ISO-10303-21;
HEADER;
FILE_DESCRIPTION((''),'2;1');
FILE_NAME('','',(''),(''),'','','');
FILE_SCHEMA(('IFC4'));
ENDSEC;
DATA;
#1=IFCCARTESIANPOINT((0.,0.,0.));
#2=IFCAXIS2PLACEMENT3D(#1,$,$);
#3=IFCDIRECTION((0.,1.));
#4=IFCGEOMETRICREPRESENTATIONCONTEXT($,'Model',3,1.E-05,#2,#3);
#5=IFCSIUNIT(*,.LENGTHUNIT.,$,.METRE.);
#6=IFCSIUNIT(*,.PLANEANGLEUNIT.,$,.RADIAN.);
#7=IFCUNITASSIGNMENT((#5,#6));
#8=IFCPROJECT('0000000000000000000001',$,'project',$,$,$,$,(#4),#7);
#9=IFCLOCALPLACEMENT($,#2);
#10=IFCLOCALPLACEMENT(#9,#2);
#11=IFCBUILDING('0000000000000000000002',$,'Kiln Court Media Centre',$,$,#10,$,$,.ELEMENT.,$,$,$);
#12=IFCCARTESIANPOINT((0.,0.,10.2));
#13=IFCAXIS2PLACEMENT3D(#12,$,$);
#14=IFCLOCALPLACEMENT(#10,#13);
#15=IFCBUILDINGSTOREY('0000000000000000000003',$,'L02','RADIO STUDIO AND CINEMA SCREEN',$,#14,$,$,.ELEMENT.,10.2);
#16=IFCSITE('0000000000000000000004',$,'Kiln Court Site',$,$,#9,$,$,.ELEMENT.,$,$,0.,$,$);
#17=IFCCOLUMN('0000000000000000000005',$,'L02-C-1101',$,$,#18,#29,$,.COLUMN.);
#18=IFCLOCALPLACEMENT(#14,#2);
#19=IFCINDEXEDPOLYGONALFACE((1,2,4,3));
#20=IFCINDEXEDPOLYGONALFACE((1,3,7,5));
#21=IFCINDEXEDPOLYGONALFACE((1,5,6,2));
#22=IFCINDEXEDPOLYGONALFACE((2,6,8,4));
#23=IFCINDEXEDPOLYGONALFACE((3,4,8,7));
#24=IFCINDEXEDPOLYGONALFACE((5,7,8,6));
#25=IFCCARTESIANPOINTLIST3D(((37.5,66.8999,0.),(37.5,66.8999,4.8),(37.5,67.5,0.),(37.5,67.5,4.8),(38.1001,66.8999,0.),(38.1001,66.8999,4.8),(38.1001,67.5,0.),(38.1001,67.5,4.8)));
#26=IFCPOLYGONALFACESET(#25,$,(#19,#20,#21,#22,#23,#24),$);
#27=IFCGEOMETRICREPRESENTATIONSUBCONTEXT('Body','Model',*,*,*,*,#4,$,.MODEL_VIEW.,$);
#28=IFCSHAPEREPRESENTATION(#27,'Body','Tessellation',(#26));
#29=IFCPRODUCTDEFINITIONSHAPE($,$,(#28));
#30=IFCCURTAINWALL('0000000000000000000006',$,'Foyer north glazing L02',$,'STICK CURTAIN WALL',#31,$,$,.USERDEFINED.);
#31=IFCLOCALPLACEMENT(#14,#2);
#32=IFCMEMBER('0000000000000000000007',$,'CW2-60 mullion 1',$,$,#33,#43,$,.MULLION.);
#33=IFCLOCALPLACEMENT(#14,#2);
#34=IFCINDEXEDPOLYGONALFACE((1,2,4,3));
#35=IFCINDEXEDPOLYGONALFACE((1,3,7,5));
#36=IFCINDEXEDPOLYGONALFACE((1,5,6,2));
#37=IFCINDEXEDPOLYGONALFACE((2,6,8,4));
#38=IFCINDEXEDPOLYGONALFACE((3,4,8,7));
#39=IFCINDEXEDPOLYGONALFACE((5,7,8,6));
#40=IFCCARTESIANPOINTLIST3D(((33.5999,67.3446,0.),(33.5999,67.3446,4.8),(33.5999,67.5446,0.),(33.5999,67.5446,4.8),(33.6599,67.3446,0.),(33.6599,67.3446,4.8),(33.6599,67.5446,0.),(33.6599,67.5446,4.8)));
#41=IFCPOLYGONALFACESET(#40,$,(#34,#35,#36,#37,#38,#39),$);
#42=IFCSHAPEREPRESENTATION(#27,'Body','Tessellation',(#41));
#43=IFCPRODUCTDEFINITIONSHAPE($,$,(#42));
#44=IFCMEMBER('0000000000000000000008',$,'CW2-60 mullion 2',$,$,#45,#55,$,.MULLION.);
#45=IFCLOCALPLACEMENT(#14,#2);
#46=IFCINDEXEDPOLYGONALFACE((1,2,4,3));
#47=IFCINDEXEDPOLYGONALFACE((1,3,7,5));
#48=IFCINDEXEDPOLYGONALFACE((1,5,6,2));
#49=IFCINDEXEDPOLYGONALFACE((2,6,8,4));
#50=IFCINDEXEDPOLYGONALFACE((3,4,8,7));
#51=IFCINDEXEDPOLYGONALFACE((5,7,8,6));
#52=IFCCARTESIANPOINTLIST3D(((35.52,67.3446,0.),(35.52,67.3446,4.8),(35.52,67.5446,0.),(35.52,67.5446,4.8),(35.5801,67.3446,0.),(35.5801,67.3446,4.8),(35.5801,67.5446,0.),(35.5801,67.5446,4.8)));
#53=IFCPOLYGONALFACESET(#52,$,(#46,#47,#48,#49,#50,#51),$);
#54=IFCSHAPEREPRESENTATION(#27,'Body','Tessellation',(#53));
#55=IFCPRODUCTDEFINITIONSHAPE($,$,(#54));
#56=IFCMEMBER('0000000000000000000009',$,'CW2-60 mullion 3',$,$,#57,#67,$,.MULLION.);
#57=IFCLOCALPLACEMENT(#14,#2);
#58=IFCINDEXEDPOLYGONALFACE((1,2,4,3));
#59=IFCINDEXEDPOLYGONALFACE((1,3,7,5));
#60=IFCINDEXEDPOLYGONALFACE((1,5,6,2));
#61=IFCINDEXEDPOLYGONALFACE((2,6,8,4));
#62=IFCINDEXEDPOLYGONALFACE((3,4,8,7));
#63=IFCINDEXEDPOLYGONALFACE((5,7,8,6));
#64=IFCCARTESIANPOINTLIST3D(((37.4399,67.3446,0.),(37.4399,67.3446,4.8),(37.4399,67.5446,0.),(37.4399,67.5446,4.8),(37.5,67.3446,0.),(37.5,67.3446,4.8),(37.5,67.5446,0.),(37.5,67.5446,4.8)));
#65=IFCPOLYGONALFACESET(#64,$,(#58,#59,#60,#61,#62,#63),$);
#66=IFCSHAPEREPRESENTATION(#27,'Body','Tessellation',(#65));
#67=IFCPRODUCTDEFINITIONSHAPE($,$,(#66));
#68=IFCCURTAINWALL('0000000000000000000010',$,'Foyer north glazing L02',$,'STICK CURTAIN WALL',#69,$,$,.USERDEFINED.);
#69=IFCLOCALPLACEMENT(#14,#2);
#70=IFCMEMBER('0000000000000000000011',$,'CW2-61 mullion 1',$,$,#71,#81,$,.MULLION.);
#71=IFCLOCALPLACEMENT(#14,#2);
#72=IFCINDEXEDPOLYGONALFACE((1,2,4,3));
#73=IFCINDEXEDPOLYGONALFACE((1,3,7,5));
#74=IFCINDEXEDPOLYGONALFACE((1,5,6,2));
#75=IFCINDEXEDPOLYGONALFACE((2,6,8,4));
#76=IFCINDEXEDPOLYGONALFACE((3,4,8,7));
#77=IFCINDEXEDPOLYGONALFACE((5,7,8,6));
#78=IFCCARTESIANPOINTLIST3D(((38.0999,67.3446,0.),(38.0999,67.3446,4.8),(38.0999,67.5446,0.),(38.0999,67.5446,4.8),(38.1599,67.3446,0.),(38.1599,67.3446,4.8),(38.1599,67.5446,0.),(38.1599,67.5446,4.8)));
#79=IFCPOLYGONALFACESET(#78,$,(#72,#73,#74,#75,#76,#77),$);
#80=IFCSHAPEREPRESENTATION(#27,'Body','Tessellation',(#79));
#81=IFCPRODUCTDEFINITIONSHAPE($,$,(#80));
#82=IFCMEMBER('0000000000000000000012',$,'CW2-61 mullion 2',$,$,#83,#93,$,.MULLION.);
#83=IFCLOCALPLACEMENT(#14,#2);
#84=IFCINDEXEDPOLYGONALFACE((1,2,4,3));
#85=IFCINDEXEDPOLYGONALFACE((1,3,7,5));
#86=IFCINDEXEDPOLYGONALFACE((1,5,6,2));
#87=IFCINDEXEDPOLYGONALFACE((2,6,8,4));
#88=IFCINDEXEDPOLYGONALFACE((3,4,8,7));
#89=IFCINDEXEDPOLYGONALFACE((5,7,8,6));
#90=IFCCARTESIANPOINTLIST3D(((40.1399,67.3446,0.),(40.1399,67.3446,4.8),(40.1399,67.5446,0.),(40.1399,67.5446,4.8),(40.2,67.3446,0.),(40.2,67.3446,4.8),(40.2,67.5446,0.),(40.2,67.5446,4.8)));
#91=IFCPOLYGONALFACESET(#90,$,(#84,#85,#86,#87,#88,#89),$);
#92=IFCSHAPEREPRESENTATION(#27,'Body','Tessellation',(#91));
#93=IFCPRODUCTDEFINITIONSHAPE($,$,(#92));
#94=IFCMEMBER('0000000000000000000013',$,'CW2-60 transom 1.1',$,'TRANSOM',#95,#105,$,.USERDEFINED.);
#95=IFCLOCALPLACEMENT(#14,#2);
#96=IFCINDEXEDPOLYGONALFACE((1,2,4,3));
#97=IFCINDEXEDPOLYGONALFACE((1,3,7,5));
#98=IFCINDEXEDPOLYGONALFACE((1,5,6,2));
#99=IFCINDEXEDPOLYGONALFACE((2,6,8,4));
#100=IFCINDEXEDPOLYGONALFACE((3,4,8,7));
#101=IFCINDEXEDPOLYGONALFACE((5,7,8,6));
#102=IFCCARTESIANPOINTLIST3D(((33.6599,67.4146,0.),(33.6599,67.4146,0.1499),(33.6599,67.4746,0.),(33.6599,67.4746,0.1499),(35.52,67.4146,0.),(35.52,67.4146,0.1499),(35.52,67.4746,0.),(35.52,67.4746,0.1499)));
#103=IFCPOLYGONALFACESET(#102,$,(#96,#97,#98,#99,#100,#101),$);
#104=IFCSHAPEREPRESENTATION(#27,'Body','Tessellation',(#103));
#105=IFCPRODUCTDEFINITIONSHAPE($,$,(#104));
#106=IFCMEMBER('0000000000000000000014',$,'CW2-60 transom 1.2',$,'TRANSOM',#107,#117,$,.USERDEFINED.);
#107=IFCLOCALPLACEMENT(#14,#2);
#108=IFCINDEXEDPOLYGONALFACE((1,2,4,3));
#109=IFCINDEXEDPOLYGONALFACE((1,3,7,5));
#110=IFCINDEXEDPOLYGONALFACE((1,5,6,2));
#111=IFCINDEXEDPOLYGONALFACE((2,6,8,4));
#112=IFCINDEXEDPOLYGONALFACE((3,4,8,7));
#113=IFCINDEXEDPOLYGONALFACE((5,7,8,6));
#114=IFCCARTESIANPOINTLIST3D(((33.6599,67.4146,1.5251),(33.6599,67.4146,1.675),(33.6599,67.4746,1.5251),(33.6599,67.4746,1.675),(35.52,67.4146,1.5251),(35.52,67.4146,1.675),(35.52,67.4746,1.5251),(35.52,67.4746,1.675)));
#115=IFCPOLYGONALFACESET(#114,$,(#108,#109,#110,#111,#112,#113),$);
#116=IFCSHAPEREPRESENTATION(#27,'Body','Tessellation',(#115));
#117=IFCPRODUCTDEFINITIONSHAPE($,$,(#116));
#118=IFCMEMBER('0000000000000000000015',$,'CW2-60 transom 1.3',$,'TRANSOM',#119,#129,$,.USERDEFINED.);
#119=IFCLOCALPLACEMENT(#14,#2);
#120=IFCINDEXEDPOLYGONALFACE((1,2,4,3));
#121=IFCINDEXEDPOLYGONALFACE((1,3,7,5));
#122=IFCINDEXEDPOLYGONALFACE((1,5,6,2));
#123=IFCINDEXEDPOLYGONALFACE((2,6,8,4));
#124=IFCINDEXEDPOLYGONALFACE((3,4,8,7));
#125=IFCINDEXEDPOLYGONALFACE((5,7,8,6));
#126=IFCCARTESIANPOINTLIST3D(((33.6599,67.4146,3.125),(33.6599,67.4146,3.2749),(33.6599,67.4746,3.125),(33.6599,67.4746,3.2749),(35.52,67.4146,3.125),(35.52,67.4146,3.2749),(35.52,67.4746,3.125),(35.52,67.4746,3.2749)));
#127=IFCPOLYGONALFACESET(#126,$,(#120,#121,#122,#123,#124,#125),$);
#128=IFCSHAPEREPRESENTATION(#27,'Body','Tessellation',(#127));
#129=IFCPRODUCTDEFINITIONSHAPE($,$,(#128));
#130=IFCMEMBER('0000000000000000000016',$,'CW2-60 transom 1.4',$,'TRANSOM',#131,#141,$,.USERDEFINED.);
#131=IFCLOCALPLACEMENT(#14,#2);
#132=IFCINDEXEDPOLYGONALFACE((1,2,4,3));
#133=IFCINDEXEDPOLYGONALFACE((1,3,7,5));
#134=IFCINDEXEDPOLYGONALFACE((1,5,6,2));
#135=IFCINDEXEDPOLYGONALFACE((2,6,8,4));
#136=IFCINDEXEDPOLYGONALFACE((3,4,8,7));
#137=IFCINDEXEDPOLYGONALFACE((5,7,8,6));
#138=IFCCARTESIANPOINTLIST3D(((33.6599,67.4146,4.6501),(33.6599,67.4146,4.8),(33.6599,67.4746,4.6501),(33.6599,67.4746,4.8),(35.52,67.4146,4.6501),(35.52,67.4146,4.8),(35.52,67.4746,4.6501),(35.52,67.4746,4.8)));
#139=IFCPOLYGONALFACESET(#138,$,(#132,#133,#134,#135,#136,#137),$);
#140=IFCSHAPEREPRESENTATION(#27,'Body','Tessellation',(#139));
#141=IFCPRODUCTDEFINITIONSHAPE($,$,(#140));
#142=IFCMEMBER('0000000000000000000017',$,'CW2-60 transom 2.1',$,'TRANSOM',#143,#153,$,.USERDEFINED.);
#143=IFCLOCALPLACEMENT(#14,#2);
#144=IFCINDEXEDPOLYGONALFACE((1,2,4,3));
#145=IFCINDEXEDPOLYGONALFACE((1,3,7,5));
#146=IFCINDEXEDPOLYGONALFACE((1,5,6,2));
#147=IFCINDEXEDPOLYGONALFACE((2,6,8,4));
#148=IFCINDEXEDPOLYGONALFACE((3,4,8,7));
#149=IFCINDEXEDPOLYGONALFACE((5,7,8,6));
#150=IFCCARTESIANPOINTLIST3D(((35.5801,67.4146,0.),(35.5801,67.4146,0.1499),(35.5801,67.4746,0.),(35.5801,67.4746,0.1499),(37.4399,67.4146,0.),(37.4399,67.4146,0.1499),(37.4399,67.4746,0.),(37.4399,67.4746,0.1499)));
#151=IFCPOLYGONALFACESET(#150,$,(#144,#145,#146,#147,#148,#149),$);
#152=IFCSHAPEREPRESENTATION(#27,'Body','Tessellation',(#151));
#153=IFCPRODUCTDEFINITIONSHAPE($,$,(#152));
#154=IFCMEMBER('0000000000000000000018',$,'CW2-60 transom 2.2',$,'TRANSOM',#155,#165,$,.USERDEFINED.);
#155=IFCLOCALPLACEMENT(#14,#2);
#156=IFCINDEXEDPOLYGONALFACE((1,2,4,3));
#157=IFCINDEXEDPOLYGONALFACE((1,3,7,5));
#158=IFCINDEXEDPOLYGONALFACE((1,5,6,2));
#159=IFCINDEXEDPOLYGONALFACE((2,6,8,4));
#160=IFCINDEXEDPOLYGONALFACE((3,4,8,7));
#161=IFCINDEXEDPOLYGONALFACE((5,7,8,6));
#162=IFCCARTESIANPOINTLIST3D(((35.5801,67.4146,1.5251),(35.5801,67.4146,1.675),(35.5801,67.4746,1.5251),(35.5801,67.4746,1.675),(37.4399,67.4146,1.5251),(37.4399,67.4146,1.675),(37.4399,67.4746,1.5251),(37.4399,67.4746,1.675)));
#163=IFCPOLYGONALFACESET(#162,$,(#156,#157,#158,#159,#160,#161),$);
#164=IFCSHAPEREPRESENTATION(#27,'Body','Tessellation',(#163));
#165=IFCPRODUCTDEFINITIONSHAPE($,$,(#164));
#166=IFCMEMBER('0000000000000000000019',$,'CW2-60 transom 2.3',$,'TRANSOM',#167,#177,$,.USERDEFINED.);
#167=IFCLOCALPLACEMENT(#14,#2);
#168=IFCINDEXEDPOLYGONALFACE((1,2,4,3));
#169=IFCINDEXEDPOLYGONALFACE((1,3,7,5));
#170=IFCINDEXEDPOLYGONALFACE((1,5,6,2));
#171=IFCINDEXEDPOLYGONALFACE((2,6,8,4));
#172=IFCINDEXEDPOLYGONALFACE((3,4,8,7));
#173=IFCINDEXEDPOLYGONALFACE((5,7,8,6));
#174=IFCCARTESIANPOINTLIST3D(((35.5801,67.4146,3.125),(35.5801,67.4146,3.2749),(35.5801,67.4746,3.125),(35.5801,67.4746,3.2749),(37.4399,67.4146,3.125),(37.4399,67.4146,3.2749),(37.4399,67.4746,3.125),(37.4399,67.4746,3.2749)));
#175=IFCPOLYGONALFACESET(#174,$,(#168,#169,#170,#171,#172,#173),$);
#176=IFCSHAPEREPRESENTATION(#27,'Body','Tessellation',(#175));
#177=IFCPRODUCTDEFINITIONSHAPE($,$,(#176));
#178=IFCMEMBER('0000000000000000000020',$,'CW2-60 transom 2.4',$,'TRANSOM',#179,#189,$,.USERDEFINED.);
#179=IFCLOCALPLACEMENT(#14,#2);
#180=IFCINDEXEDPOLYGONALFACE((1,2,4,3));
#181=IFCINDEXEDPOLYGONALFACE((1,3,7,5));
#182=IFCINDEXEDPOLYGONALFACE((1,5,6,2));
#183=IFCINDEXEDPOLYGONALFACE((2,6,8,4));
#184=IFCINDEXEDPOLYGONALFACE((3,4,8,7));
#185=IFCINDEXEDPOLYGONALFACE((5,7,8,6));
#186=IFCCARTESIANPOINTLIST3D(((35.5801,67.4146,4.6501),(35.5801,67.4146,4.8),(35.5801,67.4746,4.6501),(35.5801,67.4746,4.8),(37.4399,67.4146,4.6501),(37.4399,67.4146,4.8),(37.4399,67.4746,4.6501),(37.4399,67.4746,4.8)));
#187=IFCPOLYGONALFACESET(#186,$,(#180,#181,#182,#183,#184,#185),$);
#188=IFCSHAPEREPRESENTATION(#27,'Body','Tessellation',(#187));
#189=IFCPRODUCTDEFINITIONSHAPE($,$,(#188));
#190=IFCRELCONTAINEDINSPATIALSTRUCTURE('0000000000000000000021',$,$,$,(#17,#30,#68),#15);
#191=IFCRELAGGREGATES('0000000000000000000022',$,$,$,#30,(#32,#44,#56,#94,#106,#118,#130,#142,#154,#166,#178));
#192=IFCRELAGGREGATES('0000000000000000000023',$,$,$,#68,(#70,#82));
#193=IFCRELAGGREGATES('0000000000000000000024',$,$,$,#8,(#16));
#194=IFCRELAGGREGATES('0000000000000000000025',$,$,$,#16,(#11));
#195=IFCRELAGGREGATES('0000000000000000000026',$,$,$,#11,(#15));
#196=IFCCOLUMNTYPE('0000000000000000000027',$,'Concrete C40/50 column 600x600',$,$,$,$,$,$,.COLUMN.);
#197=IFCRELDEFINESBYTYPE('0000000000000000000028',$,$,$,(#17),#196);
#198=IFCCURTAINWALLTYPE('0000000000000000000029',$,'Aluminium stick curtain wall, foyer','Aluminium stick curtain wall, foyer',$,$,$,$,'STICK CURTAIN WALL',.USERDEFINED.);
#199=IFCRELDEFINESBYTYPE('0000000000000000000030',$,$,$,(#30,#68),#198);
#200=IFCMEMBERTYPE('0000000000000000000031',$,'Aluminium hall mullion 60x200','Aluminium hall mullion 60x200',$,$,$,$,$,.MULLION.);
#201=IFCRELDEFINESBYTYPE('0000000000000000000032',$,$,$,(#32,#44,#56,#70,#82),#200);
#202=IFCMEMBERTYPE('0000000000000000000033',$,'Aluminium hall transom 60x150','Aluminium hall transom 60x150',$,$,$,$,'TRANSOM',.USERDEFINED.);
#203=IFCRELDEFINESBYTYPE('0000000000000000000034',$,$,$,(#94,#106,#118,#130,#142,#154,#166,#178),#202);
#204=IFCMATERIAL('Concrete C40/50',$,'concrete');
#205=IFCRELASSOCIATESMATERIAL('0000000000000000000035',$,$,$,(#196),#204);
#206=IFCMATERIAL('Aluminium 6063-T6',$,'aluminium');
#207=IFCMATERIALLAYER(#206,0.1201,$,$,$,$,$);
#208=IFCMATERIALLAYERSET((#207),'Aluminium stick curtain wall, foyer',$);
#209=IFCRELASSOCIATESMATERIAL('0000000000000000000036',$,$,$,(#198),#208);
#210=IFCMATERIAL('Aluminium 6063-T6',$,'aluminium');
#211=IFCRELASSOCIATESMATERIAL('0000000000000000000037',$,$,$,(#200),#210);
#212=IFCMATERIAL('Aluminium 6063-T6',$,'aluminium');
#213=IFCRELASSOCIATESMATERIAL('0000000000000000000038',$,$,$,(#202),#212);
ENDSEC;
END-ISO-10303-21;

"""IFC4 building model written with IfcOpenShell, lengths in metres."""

from ifc_helpers import new_model, si_unit, direction, frame, origin, origin_2d, place, context, subcontext, project, spatial, rectangle, extrude, material, layer, layer_set, material_profile, profile_set, type_object, element, aggregate, save


model = new_model("IFC4")

# Units and contexts
model_context = context("Model", 3, precision=1e-05, world=origin(), true_north=direction((0.0, 1.0)))
body_context = subcontext(model_context, "Body", "Model", "MODEL_VIEW")
ifc_project = project(units=[si_unit("LENGTHUNIT", "METRE"), si_unit("PLANEANGLEUNIT", "RADIAN")], contexts=[model_context])

# Site, building, storey
site_placement = place(None, origin())
site = spatial("IfcSite", under=ifc_project, at=site_placement, Name="Kiln Court Site", CompositionType="ELEMENT", RefElevation=0.0)
building_placement = place(site_placement, origin())
building = spatial("IfcBuilding", under=site, at=building_placement, Name="Kiln Court Media Centre", CompositionType="ELEMENT")
storey_placement = place(building_placement, frame((0.0, 0.0, 10.2)))
storey = spatial("IfcBuildingStorey", under=building, at=storey_placement, Name="L02", Description="RADIO STUDIO AND CINEMA SCREEN", CompositionType="ELEMENT", Elevation=10.2)

# Column
ifc_material_1 = material(Name="Concrete C40/50", Category="concrete")
ifc_material_profile_1 = material_profile(ifc_material_1, rectangle(XDim=0.6001, YDim=0.6001, at=origin_2d()), Name="RC 600x600")
ifc_profile_set_1 = profile_set([ifc_material_profile_1], Name="Concrete C40/50")
column_type = type_object("IfcColumnType", Name="Concrete C40/50 column 600x600", PredefinedType="COLUMN", material=ifc_profile_set_1)
column_placement = place(storey_placement, frame((37.8, 67.2, 0.0), z_axis=(0.0, 0.0, 1.0), x_axis=(1.0, 0.0, 0.0)))
element("IfcColumn", 1, at=column_placement, inside=storey, type_object=column_type, Name="L02-C-1101", PredefinedType="COLUMN", context=body_context, shape_type="SweptSolid", body=[
    extrude(rectangle(XDim=0.6001, YDim=0.6001, at=origin_2d()), origin(), (0.0, 0.0, 1.0), 4.8),
])

# Curtain walls, members
ifc_material_2 = material(Name="Aluminium 6063-T6", Category="aluminium")
ifc_layer_1 = layer(ifc_material_2, 0.1201)
ifc_layer_set_1 = layer_set([ifc_layer_1], Name="Aluminium stick curtain wall, foyer")
curtain_wall_type = type_object("IfcCurtainWallType", Name="Aluminium stick curtain wall, foyer", Description="Aluminium stick curtain wall, foyer", ElementType="STICK CURTAIN WALL", PredefinedType="USERDEFINED", material=ifc_layer_set_1)
curtain_wall_1_placement = place(storey_placement, origin())
curtain_wall_1 = element("IfcCurtainWall", 2, at=curtain_wall_1_placement, inside=storey, type_object=curtain_wall_type, Name="Foyer north glazing L02", ObjectType="STICK CURTAIN WALL", PredefinedType="USERDEFINED")
ifc_material_3 = material(Name="Aluminium 6063-T6", Category="aluminium")
ifc_material_profile_2 = material_profile(ifc_material_3, rectangle(XDim=0.0601, YDim=0.2, at=origin_2d()), Name="Aluminium hall mullion 60x200")
ifc_profile_set_2 = profile_set([ifc_material_profile_2], Name="Aluminium 6063-T6")
member_type_1 = type_object("IfcMemberType", Name="Aluminium hall mullion 60x200", Description="Aluminium hall mullion 60x200", PredefinedType="MULLION", material=ifc_profile_set_2)
member_1_placement = place(storey_placement, frame((33.6299, 67.4446, 0.0), z_axis=(0.0, 0.0, 1.0), x_axis=(1.0, 0.0, 0.0)))
member_1 = element("IfcMember", 3, at=member_1_placement, type_object=member_type_1, Name="CW2-60 mullion 1", PredefinedType="MULLION", context=body_context, shape_type="SweptSolid", body=[
    extrude(rectangle(XDim=0.0601, YDim=0.2, at=origin_2d()), origin(), (0.0, 0.0, 1.0), 4.8),
])
member_2_placement = place(storey_placement, frame((35.55, 67.4446, 0.0), z_axis=(0.0, 0.0, 1.0), x_axis=(1.0, 0.0, 0.0)))
member_2 = element("IfcMember", 4, at=member_2_placement, type_object=member_type_1, Name="CW2-60 mullion 2", PredefinedType="MULLION", context=body_context, shape_type="SweptSolid", body=[
    extrude(rectangle(XDim=0.0601, YDim=0.2, at=origin_2d()), origin(), (0.0, 0.0, 1.0), 4.8),
])
member_3_placement = place(storey_placement, frame((37.47, 67.4446, 0.0), z_axis=(0.0, 0.0, 1.0), x_axis=(1.0, 0.0, 0.0)))
member_3 = element("IfcMember", 5, at=member_3_placement, type_object=member_type_1, Name="CW2-60 mullion 3", PredefinedType="MULLION", context=body_context, shape_type="SweptSolid", body=[
    extrude(rectangle(XDim=0.0601, YDim=0.2, at=origin_2d()), origin(), (0.0, 0.0, 1.0), 4.8),
])
curtain_wall_2_placement = place(storey_placement, origin())
curtain_wall_2 = element("IfcCurtainWall", 6, at=curtain_wall_2_placement, inside=storey, type_object=curtain_wall_type, Name="Foyer north glazing L02", ObjectType="STICK CURTAIN WALL", PredefinedType="USERDEFINED")
member_4_placement = place(storey_placement, frame((38.1299, 67.4446, 0.0), z_axis=(0.0, 0.0, 1.0), x_axis=(1.0, 0.0, 0.0)))
member_4 = element("IfcMember", 7, at=member_4_placement, type_object=member_type_1, Name="CW2-61 mullion 1", PredefinedType="MULLION", context=body_context, shape_type="SweptSolid", body=[
    extrude(rectangle(XDim=0.0601, YDim=0.2, at=origin_2d()), origin(), (0.0, 0.0, 1.0), 4.8),
])
member_5_placement = place(storey_placement, frame((40.1699, 67.4446, 0.0), z_axis=(0.0, 0.0, 1.0), x_axis=(1.0, 0.0, 0.0)))
member_5 = element("IfcMember", 8, at=member_5_placement, type_object=member_type_1, Name="CW2-61 mullion 2", PredefinedType="MULLION", context=body_context, shape_type="SweptSolid", body=[
    extrude(rectangle(XDim=0.0601, YDim=0.2, at=origin_2d()), origin(), (0.0, 0.0, 1.0), 4.8),
])

# Members
ifc_material_4 = material(Name="Aluminium 6063-T6", Category="aluminium")
ifc_material_profile_3 = material_profile(ifc_material_4, rectangle(XDim=0.0601, YDim=0.1499, at=origin_2d()), Name="Aluminium hall transom 60x150")
ifc_profile_set_3 = profile_set([ifc_material_profile_3], Name="Aluminium 6063-T6")
member_type_2 = type_object("IfcMemberType", Name="Aluminium hall transom 60x150", Description="Aluminium hall transom 60x150", ElementType="TRANSOM", PredefinedType="USERDEFINED", material=ifc_profile_set_3)
member_6_placement = place(storey_placement, frame((33.6599, 67.4446, 0.075), z_axis=(1.0, 0.0, 0.0), x_axis=(0.0, 1.0, 0.0)))
member_6 = element("IfcMember", 9, at=member_6_placement, type_object=member_type_2, Name="CW2-60 transom 1.1", ObjectType="TRANSOM", PredefinedType="USERDEFINED", context=body_context, shape_type="SweptSolid", body=[
    extrude(rectangle(XDim=0.0601, YDim=0.1499, at=origin_2d()), origin(), (0.0, 0.0, 1.0), 1.8601),
])
member_7_placement = place(storey_placement, frame((33.6599, 67.4446, 1.6001), z_axis=(1.0, 0.0, 0.0), x_axis=(0.0, 1.0, 0.0)))
member_7 = element("IfcMember", 10, at=member_7_placement, type_object=member_type_2, Name="CW2-60 transom 1.2", ObjectType="TRANSOM", PredefinedType="USERDEFINED", context=body_context, shape_type="SweptSolid", body=[
    extrude(rectangle(XDim=0.0601, YDim=0.1499, at=origin_2d()), origin(), (0.0, 0.0, 1.0), 1.8601),
])
member_8_placement = place(storey_placement, frame((33.6599, 67.4446, 3.2), z_axis=(1.0, 0.0, 0.0), x_axis=(0.0, 1.0, 0.0)))
member_8 = element("IfcMember", 11, at=member_8_placement, type_object=member_type_2, Name="CW2-60 transom 1.3", ObjectType="TRANSOM", PredefinedType="USERDEFINED", context=body_context, shape_type="SweptSolid", body=[
    extrude(rectangle(XDim=0.0601, YDim=0.1499, at=origin_2d()), origin(), (0.0, 0.0, 1.0), 1.8601),
])
member_9_placement = place(storey_placement, frame((33.6599, 67.4446, 4.7251), z_axis=(1.0, 0.0, 0.0), x_axis=(0.0, 1.0, 0.0)))
member_9 = element("IfcMember", 12, at=member_9_placement, type_object=member_type_2, Name="CW2-60 transom 1.4", ObjectType="TRANSOM", PredefinedType="USERDEFINED", context=body_context, shape_type="SweptSolid", body=[
    extrude(rectangle(XDim=0.0601, YDim=0.1499, at=origin_2d()), origin(), (0.0, 0.0, 1.0), 1.8601),
])
member_10_placement = place(storey_placement, frame((35.5801, 67.4446, 0.075), z_axis=(1.0, 0.0, 0.0), x_axis=(0.0, 1.0, 0.0)))
member_10 = element("IfcMember", 13, at=member_10_placement, type_object=member_type_2, Name="CW2-60 transom 2.1", ObjectType="TRANSOM", PredefinedType="USERDEFINED", context=body_context, shape_type="SweptSolid", body=[
    extrude(rectangle(XDim=0.0601, YDim=0.1499, at=origin_2d()), origin(), (0.0, 0.0, 1.0), 1.8599),
])
member_11_placement = place(storey_placement, frame((35.5801, 67.4446, 1.6001), z_axis=(1.0, 0.0, 0.0), x_axis=(0.0, 1.0, 0.0)))
member_11 = element("IfcMember", 14, at=member_11_placement, type_object=member_type_2, Name="CW2-60 transom 2.2", ObjectType="TRANSOM", PredefinedType="USERDEFINED", context=body_context, shape_type="SweptSolid", body=[
    extrude(rectangle(XDim=0.0601, YDim=0.1499, at=origin_2d()), origin(), (0.0, 0.0, 1.0), 1.8599),
])
member_12_placement = place(storey_placement, frame((35.5801, 67.4446, 3.2), z_axis=(1.0, 0.0, 0.0), x_axis=(0.0, 1.0, 0.0)))
member_12 = element("IfcMember", 15, at=member_12_placement, type_object=member_type_2, Name="CW2-60 transom 2.3", ObjectType="TRANSOM", PredefinedType="USERDEFINED", context=body_context, shape_type="SweptSolid", body=[
    extrude(rectangle(XDim=0.0601, YDim=0.1499, at=origin_2d()), origin(), (0.0, 0.0, 1.0), 1.8599),
])
member_13_placement = place(storey_placement, frame((35.5801, 67.4446, 4.7251), z_axis=(1.0, 0.0, 0.0), x_axis=(0.0, 1.0, 0.0)))
member_13 = element("IfcMember", 16, at=member_13_placement, type_object=member_type_2, Name="CW2-60 transom 2.4", ObjectType="TRANSOM", PredefinedType="USERDEFINED", context=body_context, shape_type="SweptSolid", body=[
    extrude(rectangle(XDim=0.0601, YDim=0.1499, at=origin_2d()), origin(), (0.0, 0.0, 1.0), 1.8599),
])

aggregate(curtain_wall_1, [member_1, member_2, member_3, member_6, member_7, member_8, member_9, member_10, member_11, member_12, member_13])
aggregate(curtain_wall_2, [member_4, member_5])

save(model, "model.ifc")
